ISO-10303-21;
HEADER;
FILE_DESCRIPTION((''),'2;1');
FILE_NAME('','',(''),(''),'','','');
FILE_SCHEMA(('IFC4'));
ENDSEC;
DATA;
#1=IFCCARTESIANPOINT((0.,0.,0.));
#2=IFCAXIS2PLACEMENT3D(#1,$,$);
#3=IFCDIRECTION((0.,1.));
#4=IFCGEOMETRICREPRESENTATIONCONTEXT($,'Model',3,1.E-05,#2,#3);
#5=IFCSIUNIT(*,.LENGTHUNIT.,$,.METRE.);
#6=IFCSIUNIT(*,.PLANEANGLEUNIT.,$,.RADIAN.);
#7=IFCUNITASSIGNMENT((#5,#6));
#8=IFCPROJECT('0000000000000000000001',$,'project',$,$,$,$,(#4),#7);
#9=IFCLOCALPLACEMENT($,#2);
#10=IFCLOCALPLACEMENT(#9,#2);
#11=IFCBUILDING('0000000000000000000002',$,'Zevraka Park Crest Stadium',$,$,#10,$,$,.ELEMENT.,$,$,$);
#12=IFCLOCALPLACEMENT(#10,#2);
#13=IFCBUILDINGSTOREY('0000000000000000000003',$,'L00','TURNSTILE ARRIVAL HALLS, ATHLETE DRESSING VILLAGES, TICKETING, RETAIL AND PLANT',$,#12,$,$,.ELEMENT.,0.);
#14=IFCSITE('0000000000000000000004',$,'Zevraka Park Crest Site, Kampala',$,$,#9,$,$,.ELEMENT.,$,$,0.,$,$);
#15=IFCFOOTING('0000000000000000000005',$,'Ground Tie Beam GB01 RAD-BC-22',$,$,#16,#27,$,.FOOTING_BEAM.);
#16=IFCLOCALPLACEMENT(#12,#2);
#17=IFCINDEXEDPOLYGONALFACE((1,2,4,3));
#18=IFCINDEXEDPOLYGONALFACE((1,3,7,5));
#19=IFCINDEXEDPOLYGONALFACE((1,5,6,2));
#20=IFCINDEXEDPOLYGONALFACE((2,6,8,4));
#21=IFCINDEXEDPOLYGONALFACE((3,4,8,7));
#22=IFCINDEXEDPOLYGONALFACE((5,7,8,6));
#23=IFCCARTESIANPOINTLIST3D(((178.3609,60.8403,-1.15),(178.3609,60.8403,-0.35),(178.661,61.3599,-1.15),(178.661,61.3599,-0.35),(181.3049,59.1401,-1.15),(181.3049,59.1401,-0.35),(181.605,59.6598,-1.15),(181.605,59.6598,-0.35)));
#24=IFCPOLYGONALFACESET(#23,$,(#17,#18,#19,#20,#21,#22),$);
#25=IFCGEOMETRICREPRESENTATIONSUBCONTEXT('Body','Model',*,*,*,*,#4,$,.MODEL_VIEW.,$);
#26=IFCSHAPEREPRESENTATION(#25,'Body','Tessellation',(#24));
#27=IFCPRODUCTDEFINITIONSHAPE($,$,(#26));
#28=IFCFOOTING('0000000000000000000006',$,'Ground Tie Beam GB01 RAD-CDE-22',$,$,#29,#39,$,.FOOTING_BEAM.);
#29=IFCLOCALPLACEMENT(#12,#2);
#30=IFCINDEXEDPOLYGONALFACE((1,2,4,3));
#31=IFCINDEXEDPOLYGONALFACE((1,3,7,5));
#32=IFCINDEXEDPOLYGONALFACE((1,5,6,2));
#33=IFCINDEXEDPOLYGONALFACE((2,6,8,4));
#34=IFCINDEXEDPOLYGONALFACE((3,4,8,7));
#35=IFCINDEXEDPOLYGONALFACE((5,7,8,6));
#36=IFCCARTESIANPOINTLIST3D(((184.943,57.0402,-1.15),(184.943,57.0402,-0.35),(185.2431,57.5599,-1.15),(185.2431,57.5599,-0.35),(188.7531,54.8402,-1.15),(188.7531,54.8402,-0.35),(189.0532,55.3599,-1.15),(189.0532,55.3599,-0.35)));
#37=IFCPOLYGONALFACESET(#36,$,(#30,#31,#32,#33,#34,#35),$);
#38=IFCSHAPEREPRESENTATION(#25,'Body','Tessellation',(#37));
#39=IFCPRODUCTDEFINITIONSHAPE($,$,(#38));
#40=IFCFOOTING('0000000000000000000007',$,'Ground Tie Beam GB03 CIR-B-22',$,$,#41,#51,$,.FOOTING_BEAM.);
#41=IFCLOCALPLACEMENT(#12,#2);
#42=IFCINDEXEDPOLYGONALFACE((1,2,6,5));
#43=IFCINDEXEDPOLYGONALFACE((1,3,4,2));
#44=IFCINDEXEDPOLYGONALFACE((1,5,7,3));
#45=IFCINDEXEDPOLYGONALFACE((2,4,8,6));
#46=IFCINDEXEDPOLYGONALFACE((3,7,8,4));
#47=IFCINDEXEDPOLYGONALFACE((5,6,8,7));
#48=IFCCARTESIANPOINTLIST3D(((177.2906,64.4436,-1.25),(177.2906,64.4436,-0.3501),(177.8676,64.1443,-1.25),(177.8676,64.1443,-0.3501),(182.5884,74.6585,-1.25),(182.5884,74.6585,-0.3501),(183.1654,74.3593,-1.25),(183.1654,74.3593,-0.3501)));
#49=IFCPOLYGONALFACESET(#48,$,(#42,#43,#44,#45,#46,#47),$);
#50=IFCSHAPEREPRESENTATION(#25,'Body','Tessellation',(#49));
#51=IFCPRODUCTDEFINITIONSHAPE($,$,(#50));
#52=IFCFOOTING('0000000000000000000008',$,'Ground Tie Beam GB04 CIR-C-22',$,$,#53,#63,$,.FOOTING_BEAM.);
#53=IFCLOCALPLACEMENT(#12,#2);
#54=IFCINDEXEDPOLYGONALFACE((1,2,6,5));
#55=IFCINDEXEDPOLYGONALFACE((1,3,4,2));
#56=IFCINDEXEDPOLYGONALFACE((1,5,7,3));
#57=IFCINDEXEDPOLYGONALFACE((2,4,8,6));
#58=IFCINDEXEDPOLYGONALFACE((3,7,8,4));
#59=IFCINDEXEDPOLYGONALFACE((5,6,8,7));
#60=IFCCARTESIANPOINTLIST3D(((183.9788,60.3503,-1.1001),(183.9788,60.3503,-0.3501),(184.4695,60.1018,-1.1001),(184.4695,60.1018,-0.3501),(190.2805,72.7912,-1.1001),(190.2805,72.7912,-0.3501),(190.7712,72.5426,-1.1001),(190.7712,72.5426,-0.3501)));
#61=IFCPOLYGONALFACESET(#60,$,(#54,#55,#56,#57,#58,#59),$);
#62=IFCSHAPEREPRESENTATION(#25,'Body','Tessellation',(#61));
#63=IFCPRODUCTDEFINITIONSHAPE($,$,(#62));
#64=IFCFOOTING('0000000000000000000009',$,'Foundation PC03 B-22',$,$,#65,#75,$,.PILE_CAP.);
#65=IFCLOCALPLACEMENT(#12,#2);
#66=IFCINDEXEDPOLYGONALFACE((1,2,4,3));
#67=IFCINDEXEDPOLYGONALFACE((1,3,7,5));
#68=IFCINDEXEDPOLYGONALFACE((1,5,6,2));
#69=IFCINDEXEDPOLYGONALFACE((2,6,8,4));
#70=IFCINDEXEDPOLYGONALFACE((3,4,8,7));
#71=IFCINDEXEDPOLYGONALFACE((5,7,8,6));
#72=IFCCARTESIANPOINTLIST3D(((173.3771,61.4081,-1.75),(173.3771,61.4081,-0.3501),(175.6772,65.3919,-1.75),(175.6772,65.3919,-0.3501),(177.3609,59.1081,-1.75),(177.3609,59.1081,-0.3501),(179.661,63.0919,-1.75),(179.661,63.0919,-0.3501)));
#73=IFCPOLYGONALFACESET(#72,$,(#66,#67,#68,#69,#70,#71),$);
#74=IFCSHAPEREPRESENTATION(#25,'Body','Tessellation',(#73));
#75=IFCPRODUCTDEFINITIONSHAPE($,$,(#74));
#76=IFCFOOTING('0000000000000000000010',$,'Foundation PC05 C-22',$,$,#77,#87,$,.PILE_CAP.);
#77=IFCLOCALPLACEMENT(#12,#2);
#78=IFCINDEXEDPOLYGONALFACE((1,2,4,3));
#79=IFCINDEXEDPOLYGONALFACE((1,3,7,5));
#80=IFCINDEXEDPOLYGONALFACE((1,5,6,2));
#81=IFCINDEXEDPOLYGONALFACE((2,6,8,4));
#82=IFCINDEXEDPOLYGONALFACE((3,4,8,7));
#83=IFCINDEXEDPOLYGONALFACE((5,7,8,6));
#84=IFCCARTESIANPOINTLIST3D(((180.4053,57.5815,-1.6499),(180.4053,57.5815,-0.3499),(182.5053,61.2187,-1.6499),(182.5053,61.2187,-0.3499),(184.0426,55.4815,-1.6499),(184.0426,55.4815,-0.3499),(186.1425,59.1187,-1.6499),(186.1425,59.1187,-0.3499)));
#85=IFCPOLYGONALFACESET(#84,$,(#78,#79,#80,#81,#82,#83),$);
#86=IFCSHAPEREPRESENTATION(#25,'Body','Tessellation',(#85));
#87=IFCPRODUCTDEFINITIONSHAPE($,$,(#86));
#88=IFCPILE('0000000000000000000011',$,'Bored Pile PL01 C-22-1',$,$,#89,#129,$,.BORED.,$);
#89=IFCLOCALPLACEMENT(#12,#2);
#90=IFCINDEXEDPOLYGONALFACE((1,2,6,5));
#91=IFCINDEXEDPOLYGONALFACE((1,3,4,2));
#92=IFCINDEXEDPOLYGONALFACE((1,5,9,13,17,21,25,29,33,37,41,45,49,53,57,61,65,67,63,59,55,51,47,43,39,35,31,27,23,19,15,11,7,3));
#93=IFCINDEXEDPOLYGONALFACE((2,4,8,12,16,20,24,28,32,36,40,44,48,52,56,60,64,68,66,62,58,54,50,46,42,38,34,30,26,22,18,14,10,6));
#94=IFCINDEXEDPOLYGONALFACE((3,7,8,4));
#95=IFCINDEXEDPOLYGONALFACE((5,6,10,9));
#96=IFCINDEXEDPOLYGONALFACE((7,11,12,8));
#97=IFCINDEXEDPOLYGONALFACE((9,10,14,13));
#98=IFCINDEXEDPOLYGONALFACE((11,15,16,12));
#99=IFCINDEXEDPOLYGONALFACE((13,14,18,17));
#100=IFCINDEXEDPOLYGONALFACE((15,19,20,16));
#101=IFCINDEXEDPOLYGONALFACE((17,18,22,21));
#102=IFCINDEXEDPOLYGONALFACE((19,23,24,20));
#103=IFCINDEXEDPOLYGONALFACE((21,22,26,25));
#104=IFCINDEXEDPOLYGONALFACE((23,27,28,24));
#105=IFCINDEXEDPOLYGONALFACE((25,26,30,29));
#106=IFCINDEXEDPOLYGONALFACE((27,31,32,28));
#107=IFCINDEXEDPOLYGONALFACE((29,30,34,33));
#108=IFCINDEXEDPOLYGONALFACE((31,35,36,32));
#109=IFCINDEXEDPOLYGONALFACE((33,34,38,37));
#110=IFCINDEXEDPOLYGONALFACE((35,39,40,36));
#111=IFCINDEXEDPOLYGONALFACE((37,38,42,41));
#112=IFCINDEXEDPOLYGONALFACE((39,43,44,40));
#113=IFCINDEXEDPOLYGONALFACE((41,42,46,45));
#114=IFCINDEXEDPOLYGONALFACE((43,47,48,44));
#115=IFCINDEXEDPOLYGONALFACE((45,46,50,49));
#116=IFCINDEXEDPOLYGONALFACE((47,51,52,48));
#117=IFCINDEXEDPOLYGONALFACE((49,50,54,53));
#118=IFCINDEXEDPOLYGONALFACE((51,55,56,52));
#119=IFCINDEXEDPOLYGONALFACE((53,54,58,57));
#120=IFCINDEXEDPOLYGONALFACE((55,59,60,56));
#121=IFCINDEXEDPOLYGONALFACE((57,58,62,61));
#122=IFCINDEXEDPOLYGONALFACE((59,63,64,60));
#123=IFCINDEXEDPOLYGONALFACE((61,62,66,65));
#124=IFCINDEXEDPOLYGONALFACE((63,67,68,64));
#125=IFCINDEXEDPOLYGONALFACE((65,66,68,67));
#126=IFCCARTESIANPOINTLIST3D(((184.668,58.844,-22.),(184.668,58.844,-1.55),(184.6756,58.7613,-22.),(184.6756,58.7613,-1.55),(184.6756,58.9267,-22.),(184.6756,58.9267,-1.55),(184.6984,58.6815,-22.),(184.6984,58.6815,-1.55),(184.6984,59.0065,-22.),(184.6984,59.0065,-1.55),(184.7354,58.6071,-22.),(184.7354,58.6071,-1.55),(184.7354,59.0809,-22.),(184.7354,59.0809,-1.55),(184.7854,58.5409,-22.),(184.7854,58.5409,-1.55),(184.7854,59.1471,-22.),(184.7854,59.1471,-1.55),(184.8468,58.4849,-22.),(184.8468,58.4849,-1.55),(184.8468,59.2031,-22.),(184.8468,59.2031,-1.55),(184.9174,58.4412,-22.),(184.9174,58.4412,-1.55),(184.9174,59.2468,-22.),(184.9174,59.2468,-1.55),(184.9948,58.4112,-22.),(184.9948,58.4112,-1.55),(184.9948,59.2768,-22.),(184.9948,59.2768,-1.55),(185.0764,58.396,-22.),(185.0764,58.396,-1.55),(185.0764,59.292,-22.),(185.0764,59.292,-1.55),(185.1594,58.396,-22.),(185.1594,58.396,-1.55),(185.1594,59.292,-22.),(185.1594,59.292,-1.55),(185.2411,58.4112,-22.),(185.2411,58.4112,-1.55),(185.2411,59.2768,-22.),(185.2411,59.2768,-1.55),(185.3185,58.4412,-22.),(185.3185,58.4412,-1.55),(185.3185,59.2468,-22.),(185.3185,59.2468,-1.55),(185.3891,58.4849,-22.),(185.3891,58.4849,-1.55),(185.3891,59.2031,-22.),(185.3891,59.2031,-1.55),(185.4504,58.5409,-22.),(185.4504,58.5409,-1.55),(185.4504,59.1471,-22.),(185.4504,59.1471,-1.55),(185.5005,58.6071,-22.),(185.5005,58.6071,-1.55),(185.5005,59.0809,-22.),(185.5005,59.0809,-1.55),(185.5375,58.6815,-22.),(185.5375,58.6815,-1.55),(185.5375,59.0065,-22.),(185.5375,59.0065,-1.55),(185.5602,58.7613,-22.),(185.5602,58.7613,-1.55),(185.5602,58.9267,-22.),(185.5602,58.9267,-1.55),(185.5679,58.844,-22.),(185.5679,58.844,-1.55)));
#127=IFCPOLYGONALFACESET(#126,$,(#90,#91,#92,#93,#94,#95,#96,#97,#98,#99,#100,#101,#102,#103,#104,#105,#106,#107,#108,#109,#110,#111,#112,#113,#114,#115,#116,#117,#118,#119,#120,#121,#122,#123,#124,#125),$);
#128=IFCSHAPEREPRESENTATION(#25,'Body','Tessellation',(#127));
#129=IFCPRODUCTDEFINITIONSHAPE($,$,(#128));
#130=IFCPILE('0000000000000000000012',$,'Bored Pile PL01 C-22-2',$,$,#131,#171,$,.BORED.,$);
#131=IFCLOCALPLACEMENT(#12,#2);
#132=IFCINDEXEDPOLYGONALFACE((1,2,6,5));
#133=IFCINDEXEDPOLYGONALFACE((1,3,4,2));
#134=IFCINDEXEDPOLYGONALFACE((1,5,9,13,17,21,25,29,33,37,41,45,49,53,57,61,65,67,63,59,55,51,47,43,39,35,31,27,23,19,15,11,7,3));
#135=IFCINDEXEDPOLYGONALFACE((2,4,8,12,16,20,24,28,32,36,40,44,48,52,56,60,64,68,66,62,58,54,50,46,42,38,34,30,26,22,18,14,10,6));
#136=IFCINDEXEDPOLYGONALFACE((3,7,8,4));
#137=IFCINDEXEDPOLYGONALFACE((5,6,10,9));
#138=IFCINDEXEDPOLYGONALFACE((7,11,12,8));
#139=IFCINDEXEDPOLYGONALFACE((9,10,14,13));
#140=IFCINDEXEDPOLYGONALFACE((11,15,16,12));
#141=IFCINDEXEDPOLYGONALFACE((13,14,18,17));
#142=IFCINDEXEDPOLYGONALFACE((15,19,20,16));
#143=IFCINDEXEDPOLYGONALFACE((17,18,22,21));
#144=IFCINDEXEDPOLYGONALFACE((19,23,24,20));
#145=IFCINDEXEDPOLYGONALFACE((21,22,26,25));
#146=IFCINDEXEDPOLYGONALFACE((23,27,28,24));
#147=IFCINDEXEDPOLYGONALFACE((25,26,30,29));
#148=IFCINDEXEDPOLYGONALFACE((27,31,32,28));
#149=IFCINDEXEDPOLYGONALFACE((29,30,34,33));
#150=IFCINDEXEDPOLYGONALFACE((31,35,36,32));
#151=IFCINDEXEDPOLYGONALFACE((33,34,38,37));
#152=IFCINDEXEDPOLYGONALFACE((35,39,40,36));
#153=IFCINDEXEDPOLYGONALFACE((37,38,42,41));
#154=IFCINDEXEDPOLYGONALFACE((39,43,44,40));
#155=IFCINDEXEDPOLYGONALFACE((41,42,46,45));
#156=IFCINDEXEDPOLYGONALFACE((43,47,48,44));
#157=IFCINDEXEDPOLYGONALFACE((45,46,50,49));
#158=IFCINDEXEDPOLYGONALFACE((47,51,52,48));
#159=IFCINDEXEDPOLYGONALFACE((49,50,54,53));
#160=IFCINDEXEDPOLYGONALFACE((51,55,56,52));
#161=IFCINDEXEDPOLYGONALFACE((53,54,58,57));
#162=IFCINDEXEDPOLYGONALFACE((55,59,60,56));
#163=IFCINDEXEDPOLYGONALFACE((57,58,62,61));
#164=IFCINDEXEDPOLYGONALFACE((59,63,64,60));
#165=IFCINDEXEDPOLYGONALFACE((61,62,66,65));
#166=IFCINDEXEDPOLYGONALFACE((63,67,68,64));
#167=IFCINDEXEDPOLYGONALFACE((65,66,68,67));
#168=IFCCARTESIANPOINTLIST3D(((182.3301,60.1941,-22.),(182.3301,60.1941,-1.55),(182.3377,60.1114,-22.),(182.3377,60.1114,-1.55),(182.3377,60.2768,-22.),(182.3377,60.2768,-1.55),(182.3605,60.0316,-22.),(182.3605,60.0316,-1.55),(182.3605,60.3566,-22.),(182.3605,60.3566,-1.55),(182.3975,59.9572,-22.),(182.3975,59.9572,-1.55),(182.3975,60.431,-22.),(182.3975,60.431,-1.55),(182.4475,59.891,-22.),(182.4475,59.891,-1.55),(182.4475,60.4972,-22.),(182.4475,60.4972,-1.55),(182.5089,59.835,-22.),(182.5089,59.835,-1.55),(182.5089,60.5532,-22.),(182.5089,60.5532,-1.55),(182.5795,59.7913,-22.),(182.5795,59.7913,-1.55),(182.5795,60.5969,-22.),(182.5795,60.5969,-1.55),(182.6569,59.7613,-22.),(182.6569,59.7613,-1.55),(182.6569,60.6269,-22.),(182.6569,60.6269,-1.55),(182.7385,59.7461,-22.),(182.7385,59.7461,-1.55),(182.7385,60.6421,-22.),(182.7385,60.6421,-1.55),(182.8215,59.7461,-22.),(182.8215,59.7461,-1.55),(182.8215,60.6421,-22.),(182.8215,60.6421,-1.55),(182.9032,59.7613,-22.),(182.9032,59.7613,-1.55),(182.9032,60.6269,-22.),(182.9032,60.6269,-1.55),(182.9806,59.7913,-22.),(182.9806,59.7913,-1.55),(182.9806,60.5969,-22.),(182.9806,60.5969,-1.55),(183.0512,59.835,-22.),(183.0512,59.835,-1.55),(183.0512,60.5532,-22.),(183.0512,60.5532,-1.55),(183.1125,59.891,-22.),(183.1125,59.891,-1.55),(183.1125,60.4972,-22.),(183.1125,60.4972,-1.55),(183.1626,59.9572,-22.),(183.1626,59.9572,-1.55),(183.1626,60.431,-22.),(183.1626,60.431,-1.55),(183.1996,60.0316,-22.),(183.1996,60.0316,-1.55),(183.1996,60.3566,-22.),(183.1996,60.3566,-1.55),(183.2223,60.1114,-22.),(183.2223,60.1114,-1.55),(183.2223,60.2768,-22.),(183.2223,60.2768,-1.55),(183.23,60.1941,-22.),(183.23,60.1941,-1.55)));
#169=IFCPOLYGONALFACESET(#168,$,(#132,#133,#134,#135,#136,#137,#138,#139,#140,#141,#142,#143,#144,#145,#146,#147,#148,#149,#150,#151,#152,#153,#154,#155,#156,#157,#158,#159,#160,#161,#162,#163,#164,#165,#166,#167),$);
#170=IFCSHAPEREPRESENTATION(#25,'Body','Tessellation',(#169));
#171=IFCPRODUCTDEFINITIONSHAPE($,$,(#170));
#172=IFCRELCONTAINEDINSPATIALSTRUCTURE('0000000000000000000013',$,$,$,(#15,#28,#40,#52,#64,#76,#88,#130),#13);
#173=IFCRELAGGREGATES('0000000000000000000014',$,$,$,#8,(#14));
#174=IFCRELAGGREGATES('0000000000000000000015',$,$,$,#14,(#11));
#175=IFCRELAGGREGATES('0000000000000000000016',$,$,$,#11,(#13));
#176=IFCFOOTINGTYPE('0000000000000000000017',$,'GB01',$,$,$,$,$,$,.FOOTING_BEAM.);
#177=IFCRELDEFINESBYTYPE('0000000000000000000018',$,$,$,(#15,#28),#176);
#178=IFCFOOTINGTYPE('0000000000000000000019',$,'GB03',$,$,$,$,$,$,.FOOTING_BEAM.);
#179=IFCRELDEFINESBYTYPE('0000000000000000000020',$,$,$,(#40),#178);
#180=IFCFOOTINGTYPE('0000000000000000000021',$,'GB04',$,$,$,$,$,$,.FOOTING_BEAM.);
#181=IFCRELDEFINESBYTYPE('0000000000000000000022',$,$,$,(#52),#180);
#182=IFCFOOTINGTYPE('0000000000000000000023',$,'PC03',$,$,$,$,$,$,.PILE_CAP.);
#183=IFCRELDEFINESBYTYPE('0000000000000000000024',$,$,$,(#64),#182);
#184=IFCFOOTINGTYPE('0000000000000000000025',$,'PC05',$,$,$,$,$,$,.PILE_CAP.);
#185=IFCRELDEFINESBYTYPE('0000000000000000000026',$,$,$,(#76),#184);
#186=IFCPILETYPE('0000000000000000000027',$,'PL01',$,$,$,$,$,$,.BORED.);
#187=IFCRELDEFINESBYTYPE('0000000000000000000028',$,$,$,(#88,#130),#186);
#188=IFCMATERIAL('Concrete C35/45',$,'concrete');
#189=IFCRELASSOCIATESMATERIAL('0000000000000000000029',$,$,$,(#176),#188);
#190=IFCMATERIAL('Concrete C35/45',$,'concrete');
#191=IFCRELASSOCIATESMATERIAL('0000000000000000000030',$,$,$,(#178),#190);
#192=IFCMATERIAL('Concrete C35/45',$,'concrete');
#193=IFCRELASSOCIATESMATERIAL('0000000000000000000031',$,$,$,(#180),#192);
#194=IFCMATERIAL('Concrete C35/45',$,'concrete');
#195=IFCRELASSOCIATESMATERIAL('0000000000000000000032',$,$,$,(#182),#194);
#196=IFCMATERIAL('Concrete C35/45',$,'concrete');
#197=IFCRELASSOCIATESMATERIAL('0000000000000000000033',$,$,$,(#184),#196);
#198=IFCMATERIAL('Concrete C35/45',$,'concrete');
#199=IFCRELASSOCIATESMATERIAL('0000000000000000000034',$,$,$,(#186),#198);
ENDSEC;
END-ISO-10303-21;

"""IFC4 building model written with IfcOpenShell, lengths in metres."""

from ifc_helpers import new_model, si_unit, direction, frame, origin, origin_2d, place, context, subcontext, project, spatial, rectangle, circle, extrude, material, material_profile, profile_set, type_object, element, save


model = new_model("IFC4")

# Units and contexts
model_context = context("Model", 3, precision=1e-05, world=origin(), true_north=direction((0.0, 1.0)))
body_context = subcontext(model_context, "Body", "Model", "MODEL_VIEW")
ifc_project = project(units=[si_unit("LENGTHUNIT", "METRE"), si_unit("PLANEANGLEUNIT", "RADIAN")], contexts=[model_context])

# Site, building, storey
site_placement = place(None, origin())
site = spatial("IfcSite", under=ifc_project, at=site_placement, Name="Zevraka Park Crest Site, Kampala", CompositionType="ELEMENT", RefElevation=0.0)
building_placement = place(site_placement, origin())
building = spatial("IfcBuilding", under=site, at=building_placement, Name="Zevraka Park Crest Stadium", CompositionType="ELEMENT")
storey_placement = place(building_placement, origin())
storey = spatial("IfcBuildingStorey", under=building, at=storey_placement, Name="L00", Description="TURNSTILE ARRIVAL HALLS, ATHLETE DRESSING VILLAGES, TICKETING, RETAIL AND PLANT", CompositionType="ELEMENT", Elevation=0.0)

# Footings
ifc_material_1 = material(Name="Concrete C35/45", Category="concrete")
ifc_material_profile_1 = material_profile(ifc_material_1, rectangle(XDim=0.6001, YDim=0.8, at=origin_2d()), Name="GB 800x600")
ifc_profile_set_1 = profile_set([ifc_material_profile_1], Name="Concrete C35/45")
footing_type_1 = type_object("IfcFootingType", Name="GB01", PredefinedType="FOOTING_BEAM", material=ifc_profile_set_1)
footing_1_placement = place(storey_placement, frame((178.511, 61.1001, -0.75), z_axis=(0.865972, -0.500093, 0.0), x_axis=(0.500093, 0.865972, 0.0)))
element("IfcFooting", 1, at=footing_1_placement, inside=storey, type_object=footing_type_1, Name="Ground Tie Beam GB01 RAD-BC-22", PredefinedType="FOOTING_BEAM", context=body_context, shape_type="SweptSolid", body=[
    extrude(rectangle(XDim=0.6001, YDim=0.8, at=origin_2d()), origin(), (0.0, 0.0, 1.0), 3.3997),
])
footing_2_placement = place(storey_placement, frame((185.093, 57.3, -0.75), z_axis=(0.866004, -0.500036, 0.0), x_axis=(0.500036, 0.866004, 0.0)))
element("IfcFooting", 2, at=footing_2_placement, inside=storey, type_object=footing_type_1, Name="Ground Tie Beam GB01 RAD-CDE-22", PredefinedType="FOOTING_BEAM", context=body_context, shape_type="SweptSolid", body=[
    extrude(rectangle(XDim=0.6001, YDim=0.8, at=origin_2d()), origin(), (0.0, 0.0, 1.0), 4.3997),
])
ifc_material_2 = material(Name="Concrete C35/45", Category="concrete")
ifc_material_profile_2 = material_profile(ifc_material_2, rectangle(XDim=0.6499, YDim=0.8999, at=origin_2d()), Name="GB 900x650")
ifc_profile_set_2 = profile_set([ifc_material_profile_2], Name="Concrete C35/45")
footing_type_2 = type_object("IfcFootingType", Name="GB03", PredefinedType="FOOTING_BEAM", material=ifc_profile_set_2)
footing_3_placement = place(storey_placement, frame((177.5791, 64.2939, -0.8), z_axis=(0.460395, 0.887714, 0.0), x_axis=(-0.887714, 0.460395, 0.0)))
element("IfcFooting", 3, at=footing_3_placement, inside=storey, type_object=footing_type_2, Name="Ground Tie Beam GB03 CIR-B-22", PredefinedType="FOOTING_BEAM", context=body_context, shape_type="SweptSolid", body=[
    extrude(rectangle(XDim=0.6499, YDim=0.8999, at=origin_2d()), origin(), (0.0, 0.0, 1.0), 11.5071),
])
ifc_material_3 = material(Name="Concrete C35/45", Category="concrete")
ifc_material_profile_3 = material_profile(ifc_material_3, rectangle(XDim=0.55, YDim=0.75, at=origin_2d()), Name="GB 750x550")
ifc_profile_set_3 = profile_set([ifc_material_profile_3], Name="Concrete C35/45")
footing_type_3 = type_object("IfcFootingType", Name="GB04", PredefinedType="FOOTING_BEAM", material=ifc_profile_set_3)
footing_4_placement = place(storey_placement, frame((184.2241, 60.2261, -0.7251), z_axis=(0.451871, 0.892083, 0.0), x_axis=(-0.892083, 0.451871, 0.0)))
element("IfcFooting", 4, at=footing_4_placement, inside=storey, type_object=footing_type_3, Name="Ground Tie Beam GB04 CIR-C-22", PredefinedType="FOOTING_BEAM", context=body_context, shape_type="SweptSolid", body=[
    extrude(rectangle(XDim=0.55, YDim=0.75, at=origin_2d()), origin(), (0.0, 0.0, 1.0), 13.9458),
])
ifc_material_4 = material(Name="Concrete C35/45", Category="concrete")
footing_type_4 = type_object("IfcFootingType", Name="PC03", PredefinedType="PILE_CAP", material=ifc_material_4)
footing_5_placement = place(storey_placement, frame((176.519, 62.25, -1.75), z_axis=(0.0, 0.0, 1.0), x_axis=(-0.866025, 0.5, 0.0)))
element("IfcFooting", 5, at=footing_5_placement, inside=storey, type_object=footing_type_4, Name="Foundation PC03 B-22", PredefinedType="PILE_CAP", context=body_context, shape_type="SweptSolid", body=[
    extrude(rectangle(XDim=4.6001, YDim=4.6001, at=origin_2d()), origin(), (0.0, 0.0, 1.0), 1.3999),
])
ifc_material_5 = material(Name="Concrete C35/45", Category="concrete")
footing_type_5 = type_object("IfcFootingType", Name="PC05", PredefinedType="PILE_CAP", material=ifc_material_5)
footing_6_placement = place(storey_placement, frame((183.2739, 58.3501, -1.6499), z_axis=(0.0, 0.0, 1.0), x_axis=(-0.866025, 0.5, 0.0)))
element("IfcFooting", 6, at=footing_6_placement, inside=storey, type_object=footing_type_5, Name="Foundation PC05 C-22", PredefinedType="PILE_CAP", context=body_context, shape_type="SweptSolid", body=[
    extrude(rectangle(XDim=4.2, YDim=4.2, at=origin_2d()), origin(), (0.0, 0.0, 1.0), 1.3),
])

# Piles
ifc_material_6 = material(Name="Concrete C35/45", Category="concrete")
ifc_material_profile_4 = material_profile(ifc_material_6, circle(Radius=0.45, at=origin_2d()), Name="PILE D900")
ifc_profile_set_4 = profile_set([ifc_material_profile_4], Name="Concrete C35/45")
pile_type_1 = type_object("IfcPileType", Name="PL01", PredefinedType="BORED", material=ifc_profile_set_4)
for number, where, z_axis, x_axis, name in (
    (7, (185.1179, 58.844, -1.55), (0.0, 0.0, -1.0), (1.0, 0.0, 0.0), "Bored Pile PL01 C-22-1"),
    (8, (182.78, 60.1941, -1.55), (0.0, 0.0, -1.0), (1.0, 0.0, 0.0), "Bored Pile PL01 C-22-2"),
):
    element("IfcPile", number, at=place(storey_placement, frame(where, z_axis=z_axis, x_axis=x_axis)), inside=storey, type_object=pile_type_1, Name=name, PredefinedType="BORED", context=body_context, shape_type="SweptSolid", body=[
        extrude(circle(Radius=0.45, at=origin_2d()), origin(), (0.0, 0.0, 1.0), 20.45),
    ])

save(model, "model.ifc")
